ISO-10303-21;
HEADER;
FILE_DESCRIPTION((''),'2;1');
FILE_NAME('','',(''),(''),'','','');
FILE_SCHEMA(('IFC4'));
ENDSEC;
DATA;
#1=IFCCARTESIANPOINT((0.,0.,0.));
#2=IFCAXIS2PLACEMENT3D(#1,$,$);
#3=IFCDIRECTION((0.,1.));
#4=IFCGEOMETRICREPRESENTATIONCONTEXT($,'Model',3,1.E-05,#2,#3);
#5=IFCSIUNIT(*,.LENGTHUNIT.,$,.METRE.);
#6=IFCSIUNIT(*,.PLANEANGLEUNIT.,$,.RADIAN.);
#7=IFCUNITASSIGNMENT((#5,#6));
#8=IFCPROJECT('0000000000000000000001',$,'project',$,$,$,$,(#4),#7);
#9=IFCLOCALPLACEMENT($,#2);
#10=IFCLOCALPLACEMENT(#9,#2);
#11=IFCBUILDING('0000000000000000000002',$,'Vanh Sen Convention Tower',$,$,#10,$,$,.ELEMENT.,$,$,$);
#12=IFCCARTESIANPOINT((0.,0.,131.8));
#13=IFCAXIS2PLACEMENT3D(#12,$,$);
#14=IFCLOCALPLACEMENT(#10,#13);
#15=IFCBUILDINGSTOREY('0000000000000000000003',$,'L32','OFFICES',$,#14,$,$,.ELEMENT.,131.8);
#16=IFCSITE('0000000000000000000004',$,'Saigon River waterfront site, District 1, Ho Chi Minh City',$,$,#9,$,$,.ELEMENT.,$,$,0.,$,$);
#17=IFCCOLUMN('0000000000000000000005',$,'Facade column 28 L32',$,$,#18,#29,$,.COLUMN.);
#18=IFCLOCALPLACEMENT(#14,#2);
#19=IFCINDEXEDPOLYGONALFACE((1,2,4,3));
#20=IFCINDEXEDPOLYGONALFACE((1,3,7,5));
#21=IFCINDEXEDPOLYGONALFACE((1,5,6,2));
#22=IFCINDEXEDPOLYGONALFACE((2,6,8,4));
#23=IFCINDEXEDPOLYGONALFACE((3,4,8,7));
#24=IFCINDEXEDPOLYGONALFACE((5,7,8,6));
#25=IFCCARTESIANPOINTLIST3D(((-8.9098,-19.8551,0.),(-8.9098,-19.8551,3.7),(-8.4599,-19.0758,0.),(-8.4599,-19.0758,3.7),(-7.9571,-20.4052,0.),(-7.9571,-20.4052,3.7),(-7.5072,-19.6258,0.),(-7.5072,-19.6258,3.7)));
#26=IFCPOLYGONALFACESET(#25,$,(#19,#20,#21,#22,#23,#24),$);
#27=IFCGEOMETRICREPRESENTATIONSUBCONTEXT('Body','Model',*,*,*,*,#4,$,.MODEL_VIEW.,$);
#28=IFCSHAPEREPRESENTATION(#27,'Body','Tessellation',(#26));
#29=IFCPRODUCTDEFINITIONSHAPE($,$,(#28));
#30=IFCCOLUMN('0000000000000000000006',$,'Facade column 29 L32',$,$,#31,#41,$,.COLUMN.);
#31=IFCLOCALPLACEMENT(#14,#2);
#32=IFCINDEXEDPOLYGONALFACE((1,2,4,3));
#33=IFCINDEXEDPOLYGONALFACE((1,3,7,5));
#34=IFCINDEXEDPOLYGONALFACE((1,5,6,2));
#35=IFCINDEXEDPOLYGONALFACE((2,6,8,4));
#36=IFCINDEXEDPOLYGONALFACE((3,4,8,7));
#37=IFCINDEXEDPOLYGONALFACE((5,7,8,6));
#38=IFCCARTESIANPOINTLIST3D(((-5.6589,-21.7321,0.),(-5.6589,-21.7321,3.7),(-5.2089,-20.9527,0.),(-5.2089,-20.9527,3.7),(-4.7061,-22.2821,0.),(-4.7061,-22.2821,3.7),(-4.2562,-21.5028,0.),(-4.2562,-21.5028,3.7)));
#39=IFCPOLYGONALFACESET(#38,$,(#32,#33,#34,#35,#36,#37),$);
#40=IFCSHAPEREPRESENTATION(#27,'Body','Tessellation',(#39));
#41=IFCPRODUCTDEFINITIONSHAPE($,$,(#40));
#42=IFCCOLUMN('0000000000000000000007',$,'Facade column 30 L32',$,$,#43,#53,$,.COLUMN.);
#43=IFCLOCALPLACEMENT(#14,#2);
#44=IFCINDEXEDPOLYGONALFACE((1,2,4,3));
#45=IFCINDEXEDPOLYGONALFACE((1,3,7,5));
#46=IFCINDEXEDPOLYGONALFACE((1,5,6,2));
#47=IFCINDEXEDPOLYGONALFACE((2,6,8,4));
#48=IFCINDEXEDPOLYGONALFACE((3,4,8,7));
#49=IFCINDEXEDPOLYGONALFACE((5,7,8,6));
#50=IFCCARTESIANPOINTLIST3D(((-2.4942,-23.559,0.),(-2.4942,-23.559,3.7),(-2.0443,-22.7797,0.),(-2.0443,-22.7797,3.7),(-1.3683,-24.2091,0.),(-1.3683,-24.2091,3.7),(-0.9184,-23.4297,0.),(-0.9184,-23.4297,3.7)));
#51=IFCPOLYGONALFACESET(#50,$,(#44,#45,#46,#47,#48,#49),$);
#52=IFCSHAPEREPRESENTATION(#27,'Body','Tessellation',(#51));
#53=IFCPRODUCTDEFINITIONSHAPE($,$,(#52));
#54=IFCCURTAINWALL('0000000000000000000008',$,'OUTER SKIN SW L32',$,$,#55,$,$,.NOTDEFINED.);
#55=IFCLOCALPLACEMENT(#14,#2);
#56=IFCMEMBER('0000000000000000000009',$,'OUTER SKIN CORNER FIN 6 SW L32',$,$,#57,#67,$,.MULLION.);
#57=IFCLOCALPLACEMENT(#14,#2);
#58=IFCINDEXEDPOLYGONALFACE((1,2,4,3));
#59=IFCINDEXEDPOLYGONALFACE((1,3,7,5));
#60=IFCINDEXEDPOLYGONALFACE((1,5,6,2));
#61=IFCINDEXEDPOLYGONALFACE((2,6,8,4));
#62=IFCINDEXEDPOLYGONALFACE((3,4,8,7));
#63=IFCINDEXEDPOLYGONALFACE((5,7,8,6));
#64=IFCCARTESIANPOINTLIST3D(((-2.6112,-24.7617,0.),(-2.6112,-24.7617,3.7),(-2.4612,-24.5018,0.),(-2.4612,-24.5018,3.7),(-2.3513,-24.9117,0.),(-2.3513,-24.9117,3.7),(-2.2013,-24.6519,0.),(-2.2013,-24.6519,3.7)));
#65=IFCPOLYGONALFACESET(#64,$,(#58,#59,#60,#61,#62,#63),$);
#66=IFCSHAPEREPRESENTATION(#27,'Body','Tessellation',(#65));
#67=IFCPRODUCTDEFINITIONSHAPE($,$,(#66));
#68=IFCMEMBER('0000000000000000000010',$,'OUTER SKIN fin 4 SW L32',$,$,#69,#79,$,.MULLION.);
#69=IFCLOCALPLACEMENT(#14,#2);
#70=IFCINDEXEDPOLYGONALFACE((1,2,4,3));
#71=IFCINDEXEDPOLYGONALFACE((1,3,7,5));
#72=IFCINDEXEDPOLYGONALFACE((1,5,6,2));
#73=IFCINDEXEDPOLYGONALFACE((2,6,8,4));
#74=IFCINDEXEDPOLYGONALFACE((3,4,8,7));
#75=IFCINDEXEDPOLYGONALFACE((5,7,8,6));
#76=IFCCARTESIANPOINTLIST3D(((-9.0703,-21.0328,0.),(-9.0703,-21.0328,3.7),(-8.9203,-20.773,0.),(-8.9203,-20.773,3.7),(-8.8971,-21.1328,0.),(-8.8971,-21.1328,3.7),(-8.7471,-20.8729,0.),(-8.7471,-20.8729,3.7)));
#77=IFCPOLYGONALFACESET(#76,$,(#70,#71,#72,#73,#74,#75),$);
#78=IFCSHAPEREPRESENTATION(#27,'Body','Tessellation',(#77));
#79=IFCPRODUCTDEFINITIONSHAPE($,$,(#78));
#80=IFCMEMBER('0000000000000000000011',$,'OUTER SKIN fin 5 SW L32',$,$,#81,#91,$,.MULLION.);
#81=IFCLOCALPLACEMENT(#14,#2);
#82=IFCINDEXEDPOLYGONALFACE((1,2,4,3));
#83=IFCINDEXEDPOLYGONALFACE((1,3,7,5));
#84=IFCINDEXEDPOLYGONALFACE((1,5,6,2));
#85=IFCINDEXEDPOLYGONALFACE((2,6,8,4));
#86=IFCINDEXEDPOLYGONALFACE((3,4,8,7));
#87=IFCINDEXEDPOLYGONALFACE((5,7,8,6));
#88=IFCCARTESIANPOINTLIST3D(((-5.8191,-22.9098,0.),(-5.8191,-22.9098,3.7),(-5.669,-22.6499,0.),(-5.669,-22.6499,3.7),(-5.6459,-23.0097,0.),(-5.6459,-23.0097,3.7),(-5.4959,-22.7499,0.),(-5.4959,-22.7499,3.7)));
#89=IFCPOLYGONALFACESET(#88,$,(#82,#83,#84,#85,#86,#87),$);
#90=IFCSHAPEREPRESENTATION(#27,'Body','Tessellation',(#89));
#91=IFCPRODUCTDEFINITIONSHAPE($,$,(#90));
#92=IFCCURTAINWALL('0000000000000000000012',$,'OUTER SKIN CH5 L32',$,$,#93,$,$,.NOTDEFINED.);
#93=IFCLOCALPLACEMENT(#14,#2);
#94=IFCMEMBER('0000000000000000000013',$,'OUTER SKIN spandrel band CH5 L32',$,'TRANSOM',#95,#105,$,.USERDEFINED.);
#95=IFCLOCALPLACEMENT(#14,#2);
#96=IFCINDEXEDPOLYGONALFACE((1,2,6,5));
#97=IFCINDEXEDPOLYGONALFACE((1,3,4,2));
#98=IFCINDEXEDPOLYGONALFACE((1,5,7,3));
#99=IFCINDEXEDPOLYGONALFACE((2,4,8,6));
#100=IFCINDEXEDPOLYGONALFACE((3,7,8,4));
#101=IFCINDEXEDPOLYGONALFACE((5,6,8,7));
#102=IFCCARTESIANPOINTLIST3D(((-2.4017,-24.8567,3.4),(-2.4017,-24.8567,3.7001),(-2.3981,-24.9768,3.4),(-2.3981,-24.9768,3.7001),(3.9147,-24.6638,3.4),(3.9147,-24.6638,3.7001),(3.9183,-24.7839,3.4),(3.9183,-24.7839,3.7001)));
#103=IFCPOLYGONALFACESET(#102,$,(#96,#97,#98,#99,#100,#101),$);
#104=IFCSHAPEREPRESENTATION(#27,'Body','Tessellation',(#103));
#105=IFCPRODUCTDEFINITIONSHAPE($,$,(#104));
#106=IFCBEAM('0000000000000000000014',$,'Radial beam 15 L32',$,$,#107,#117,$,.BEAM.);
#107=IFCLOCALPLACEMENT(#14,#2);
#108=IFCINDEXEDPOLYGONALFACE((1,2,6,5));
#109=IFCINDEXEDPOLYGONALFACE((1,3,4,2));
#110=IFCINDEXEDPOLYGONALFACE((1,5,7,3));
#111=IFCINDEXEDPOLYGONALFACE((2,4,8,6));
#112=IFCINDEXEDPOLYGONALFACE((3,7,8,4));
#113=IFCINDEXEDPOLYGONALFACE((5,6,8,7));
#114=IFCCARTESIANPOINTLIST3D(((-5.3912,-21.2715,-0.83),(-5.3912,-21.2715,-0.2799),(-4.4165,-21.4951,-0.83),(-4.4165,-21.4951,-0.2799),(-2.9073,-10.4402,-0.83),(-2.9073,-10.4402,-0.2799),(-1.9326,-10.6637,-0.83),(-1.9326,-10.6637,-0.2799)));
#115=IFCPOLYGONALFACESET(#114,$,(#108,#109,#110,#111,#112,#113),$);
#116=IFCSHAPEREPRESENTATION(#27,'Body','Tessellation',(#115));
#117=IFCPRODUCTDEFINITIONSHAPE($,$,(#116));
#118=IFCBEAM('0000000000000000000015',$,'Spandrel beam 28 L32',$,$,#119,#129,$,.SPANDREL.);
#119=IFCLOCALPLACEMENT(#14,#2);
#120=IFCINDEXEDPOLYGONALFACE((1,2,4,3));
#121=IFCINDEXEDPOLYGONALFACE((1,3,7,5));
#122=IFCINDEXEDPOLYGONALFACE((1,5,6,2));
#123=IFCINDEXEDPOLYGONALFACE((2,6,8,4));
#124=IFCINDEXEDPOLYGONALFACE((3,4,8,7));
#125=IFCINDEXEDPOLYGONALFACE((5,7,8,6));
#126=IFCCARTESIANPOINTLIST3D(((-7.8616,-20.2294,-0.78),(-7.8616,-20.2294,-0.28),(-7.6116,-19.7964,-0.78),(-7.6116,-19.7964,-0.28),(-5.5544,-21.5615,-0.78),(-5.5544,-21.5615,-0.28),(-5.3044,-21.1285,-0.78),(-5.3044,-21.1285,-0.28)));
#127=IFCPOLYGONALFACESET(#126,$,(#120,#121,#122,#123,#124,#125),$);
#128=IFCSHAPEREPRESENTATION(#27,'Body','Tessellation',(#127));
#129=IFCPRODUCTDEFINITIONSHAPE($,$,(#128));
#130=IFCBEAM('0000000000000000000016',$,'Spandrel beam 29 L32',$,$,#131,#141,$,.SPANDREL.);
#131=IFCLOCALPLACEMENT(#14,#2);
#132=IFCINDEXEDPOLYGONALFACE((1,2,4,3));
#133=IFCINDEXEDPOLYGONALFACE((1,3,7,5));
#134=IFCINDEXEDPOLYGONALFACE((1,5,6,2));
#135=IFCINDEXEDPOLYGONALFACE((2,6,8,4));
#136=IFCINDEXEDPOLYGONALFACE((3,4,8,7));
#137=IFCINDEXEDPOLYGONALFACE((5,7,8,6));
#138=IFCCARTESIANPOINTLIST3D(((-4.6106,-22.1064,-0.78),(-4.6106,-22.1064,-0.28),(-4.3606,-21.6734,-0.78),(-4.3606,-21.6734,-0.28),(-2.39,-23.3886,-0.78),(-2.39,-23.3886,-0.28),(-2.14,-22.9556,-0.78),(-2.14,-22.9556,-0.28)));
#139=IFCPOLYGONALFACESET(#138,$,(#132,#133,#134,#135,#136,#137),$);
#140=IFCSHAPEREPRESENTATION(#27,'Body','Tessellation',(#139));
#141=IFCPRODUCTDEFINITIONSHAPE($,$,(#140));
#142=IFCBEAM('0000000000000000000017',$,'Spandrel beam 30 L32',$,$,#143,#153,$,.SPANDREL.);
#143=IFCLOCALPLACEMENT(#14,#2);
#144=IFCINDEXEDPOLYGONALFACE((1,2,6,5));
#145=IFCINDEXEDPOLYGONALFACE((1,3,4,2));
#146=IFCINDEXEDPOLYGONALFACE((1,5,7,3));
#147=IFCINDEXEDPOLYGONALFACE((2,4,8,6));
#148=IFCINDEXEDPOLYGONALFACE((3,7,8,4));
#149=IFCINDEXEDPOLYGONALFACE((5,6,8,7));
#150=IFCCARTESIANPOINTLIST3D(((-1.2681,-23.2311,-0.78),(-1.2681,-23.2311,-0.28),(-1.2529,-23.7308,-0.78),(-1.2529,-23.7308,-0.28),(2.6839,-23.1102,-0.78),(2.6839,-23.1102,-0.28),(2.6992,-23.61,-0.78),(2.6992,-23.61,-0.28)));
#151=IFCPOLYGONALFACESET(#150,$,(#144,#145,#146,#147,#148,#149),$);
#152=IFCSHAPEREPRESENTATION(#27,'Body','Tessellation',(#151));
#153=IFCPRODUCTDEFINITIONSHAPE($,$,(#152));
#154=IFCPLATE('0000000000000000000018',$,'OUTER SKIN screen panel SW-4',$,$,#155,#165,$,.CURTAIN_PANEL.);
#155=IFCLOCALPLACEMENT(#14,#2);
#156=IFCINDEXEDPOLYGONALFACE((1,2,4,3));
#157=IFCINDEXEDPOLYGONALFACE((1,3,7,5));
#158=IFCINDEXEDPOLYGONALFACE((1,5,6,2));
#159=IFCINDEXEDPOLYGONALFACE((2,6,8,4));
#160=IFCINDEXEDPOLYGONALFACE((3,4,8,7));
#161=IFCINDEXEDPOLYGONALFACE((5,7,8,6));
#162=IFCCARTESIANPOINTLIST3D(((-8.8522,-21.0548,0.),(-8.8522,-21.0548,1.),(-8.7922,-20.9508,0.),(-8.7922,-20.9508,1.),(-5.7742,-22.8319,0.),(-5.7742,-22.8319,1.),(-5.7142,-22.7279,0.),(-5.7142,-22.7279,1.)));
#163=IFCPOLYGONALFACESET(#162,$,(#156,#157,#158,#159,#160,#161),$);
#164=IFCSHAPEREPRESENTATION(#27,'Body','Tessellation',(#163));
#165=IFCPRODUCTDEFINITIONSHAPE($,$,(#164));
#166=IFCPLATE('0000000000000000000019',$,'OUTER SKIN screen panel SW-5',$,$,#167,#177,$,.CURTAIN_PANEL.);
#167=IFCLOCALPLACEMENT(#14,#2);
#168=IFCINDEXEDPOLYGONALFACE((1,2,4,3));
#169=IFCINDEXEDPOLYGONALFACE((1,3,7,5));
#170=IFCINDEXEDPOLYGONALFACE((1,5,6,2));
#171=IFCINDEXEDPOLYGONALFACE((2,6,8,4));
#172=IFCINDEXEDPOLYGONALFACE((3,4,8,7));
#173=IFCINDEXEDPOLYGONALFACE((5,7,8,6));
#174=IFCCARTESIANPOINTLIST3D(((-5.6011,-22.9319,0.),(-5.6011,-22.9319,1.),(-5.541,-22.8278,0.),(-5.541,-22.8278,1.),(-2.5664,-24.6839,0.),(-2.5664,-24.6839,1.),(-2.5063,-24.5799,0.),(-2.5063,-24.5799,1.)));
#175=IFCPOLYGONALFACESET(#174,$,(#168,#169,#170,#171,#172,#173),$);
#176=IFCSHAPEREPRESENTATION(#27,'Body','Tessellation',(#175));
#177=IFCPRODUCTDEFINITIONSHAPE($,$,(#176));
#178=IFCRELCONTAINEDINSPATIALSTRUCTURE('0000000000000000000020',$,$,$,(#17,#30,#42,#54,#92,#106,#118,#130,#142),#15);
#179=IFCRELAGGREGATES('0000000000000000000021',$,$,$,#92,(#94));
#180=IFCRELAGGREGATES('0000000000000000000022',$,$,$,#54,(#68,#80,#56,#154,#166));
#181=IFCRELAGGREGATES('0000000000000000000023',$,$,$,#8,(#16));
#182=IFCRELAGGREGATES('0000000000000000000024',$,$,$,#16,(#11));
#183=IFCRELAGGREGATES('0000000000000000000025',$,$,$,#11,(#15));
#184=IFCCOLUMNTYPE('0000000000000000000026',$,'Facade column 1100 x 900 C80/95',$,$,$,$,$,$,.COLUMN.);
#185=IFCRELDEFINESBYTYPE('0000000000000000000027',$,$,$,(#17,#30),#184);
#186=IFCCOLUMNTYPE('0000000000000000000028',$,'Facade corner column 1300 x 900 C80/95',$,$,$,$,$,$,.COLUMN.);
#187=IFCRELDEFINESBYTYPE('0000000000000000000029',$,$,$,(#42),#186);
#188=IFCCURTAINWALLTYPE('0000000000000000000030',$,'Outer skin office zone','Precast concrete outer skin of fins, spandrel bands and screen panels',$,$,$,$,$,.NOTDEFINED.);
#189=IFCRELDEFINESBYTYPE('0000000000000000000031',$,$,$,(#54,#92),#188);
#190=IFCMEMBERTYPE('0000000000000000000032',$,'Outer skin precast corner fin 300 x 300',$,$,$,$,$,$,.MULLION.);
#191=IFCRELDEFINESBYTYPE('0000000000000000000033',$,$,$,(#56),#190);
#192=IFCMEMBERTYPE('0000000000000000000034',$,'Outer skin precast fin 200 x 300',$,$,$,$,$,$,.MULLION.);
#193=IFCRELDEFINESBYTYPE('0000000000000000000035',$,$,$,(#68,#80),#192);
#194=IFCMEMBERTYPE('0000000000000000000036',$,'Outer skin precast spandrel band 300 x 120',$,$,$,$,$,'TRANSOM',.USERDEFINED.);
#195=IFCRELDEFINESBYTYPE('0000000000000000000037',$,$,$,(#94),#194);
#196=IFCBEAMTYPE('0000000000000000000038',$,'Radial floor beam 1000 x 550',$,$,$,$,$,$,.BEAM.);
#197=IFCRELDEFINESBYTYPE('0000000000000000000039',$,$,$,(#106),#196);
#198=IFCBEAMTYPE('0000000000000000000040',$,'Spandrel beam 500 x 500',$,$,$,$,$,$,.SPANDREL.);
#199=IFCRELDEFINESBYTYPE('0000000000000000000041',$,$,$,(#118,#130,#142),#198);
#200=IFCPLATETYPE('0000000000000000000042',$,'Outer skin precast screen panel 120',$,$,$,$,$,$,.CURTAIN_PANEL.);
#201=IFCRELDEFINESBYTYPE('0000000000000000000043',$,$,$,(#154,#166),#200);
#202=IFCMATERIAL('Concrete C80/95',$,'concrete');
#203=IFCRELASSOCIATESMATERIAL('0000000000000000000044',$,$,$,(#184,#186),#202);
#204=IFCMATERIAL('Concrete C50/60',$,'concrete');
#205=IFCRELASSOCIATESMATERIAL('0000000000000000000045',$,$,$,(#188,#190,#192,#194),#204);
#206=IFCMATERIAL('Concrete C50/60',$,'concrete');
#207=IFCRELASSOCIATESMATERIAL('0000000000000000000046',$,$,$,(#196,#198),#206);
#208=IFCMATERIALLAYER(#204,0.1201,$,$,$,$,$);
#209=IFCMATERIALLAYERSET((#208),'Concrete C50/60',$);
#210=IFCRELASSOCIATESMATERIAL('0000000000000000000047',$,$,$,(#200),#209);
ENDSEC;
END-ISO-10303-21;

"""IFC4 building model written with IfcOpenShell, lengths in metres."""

from ifc_helpers import new_model, si_unit, direction, frame, origin, origin_2d, place, context, subcontext, project, spatial, rectangle, extrude, material, layer, layer_set, material_profile, profile_set, type_object, element, aggregate, save


model = new_model("IFC4")

# Units and contexts
model_context = context("Model", 3, precision=1e-05, world=origin(), true_north=direction((0.0, 1.0)))
body_context = subcontext(model_context, "Body", "Model", "MODEL_VIEW")
ifc_project = project(units=[si_unit("LENGTHUNIT", "METRE"), si_unit("PLANEANGLEUNIT", "RADIAN")], contexts=[model_context])

# Site, building, storey
site_placement = place(None, origin())
site = spatial("IfcSite", under=ifc_project, at=site_placement, Name="Saigon River waterfront site, District 1, Ho Chi Minh City", CompositionType="ELEMENT", RefElevation=0.0)
building_placement = place(site_placement, origin())
building = spatial("IfcBuilding", under=site, at=building_placement, Name="Vanh Sen Convention Tower", CompositionType="ELEMENT")
storey_placement = place(building_placement, frame((0.0, 0.0, 131.8)))
storey = spatial("IfcBuildingStorey", under=building, at=storey_placement, Name="L32", Description="OFFICES", CompositionType="ELEMENT", Elevation=131.8)

# Columns
ifc_material_1 = material(Name="Concrete C80/95", Category="concrete")
ifc_material_profile_1 = material_profile(ifc_material_1, rectangle(XDim=1.1001, YDim=0.8999, at=origin_2d()), Name="RC 1100X900")
ifc_profile_set_1 = profile_set([ifc_material_profile_1], Name="Concrete C80/95")
column_type_1 = type_object("IfcColumnType", Name="Facade column 1100 x 900 C80/95", PredefinedType="COLUMN", material=ifc_profile_set_1)
for number, where, z_axis, x_axis, name in (
    (1, (-8.2085, -19.7405, 0.0), (0.0, 0.0, 1.0), (0.866025, -0.5, 0.0), "Facade column 28 L32"),
    (2, (-4.9575, -21.6174, 0.0), (0.0, 0.0, 1.0), (0.866025, -0.5, 0.0), "Facade column 29 L32"),
):
    element("IfcColumn", number, at=place(storey_placement, frame(where, z_axis=z_axis, x_axis=x_axis)), inside=storey, type_object=column_type_1, Name=name, PredefinedType="COLUMN", context=body_context, shape_type="SweptSolid", body=[
        extrude(rectangle(XDim=1.1001, YDim=0.8999, at=origin_2d()), origin(), (0.0, 0.0, 1.0), 3.7),
    ])
ifc_material_profile_2 = material_profile(ifc_material_1, rectangle(XDim=1.3, YDim=0.8999, at=origin_2d()), Name="RC 1300X900")
ifc_profile_set_2 = profile_set([ifc_material_profile_2], Name="Concrete C80/95")
column_type_2 = type_object("IfcColumnType", Name="Facade corner column 1300 x 900 C80/95", PredefinedType="COLUMN", material=ifc_profile_set_2)
column_placement = place(storey_placement, frame((-1.7063, -23.4944, 0.0), z_axis=(0.0, 0.0, 1.0), x_axis=(0.866025, -0.5, 0.0)))
element("IfcColumn", 3, at=column_placement, inside=storey, type_object=column_type_2, Name="Facade column 30 L32", PredefinedType="COLUMN", context=body_context, shape_type="SweptSolid", body=[
    extrude(rectangle(XDim=1.3, YDim=0.8999, at=origin_2d()), origin(), (0.0, 0.0, 1.0), 3.7),
])

# Curtain wall, members
ifc_material_2 = material(Name="Concrete C50/60", Category="concrete")
curtain_wall_type = type_object("IfcCurtainWallType", Name="Outer skin office zone", Description="Precast concrete outer skin of fins, spandrel bands and screen panels", PredefinedType="NOTDEFINED", material=ifc_material_2)
curtain_wall_1_placement = place(storey_placement, origin())
curtain_wall_1 = element("IfcCurtainWall", 4, at=curtain_wall_1_placement, inside=storey, type_object=curtain_wall_type, Name="OUTER SKIN SW L32", PredefinedType="NOTDEFINED")
ifc_material_profile_3 = material_profile(ifc_material_2, rectangle(XDim=0.3, YDim=0.3, at=origin_2d()), Name="Outer skin precast corner fin 300 x 300")
ifc_profile_set_3 = profile_set([ifc_material_profile_3], Name="Concrete C50/60")
member_type_1 = type_object("IfcMemberType", Name="Outer skin precast corner fin 300 x 300", PredefinedType="MULLION", material=ifc_profile_set_3)
member_1_placement = place(storey_placement, frame((-2.4062, -24.7068, 0.0), z_axis=(0.0, 0.0, 1.0), x_axis=(0.866025, -0.5, 0.0)))
member_1 = element("IfcMember", 5, at=member_1_placement, type_object=member_type_1, Name="OUTER SKIN CORNER FIN 6 SW L32", PredefinedType="MULLION", context=body_context, shape_type="SweptSolid", body=[
    extrude(rectangle(XDim=0.3, YDim=0.3, at=origin_2d()), origin(), (0.0, 0.0, 1.0), 3.7),
])
ifc_material_profile_4 = material_profile(ifc_material_2, rectangle(XDim=0.2, YDim=0.3, at=origin_2d()), Name="Outer skin precast fin 200 x 300")
ifc_profile_set_4 = profile_set([ifc_material_profile_4], Name="Concrete C50/60")
member_type_2 = type_object("IfcMemberType", Name="Outer skin precast fin 200 x 300", PredefinedType="MULLION", material=ifc_profile_set_4)
member_2_placement = place(storey_placement, frame((-8.9087, -20.9529, 0.0), z_axis=(0.0, 0.0, 1.0), x_axis=(0.866025, -0.5, 0.0)))
member_2 = element("IfcMember", 6, at=member_2_placement, type_object=member_type_2, Name="OUTER SKIN fin 4 SW L32", PredefinedType="MULLION", context=body_context, shape_type="SweptSolid", body=[
    extrude(rectangle(XDim=0.2, YDim=0.3, at=origin_2d()), origin(), (0.0, 0.0, 1.0), 3.7),
])
member_3_placement = place(storey_placement, frame((-5.6575, -22.8298, 0.0), z_axis=(0.0, 0.0, 1.0), x_axis=(0.866025, -0.5, 0.0)))
member_3 = element("IfcMember", 7, at=member_3_placement, type_object=member_type_2, Name="OUTER SKIN fin 5 SW L32", PredefinedType="MULLION", context=body_context, shape_type="SweptSolid", body=[
    extrude(rectangle(XDim=0.2, YDim=0.3, at=origin_2d()), origin(), (0.0, 0.0, 1.0), 3.7),
])

# Curtain wall, member
curtain_wall_2_placement = place(storey_placement, origin())
curtain_wall_2 = element("IfcCurtainWall", 8, at=curtain_wall_2_placement, inside=storey, type_object=curtain_wall_type, Name="OUTER SKIN CH5 L32", PredefinedType="NOTDEFINED")
ifc_material_profile_5 = material_profile(ifc_material_2, rectangle(XDim=0.1201, YDim=0.3, at=origin_2d()), Name="Outer skin precast spandrel band 300 x 120")
ifc_profile_set_5 = profile_set([ifc_material_profile_5], Name="Concrete C50/60")
member_type_3 = type_object("IfcMemberType", Name="Outer skin precast spandrel band 300 x 120", ElementType="TRANSOM", PredefinedType="USERDEFINED", material=ifc_profile_set_5)
member_4_placement = place(storey_placement, frame((-2.3999, -24.9167, 3.55), z_axis=(0.999534, 0.030521, 0.0), x_axis=(-0.030521, 0.999534, 0.0)))
member_4 = element("IfcMember", 9, at=member_4_placement, type_object=member_type_3, Name="OUTER SKIN spandrel band CH5 L32", ObjectType="TRANSOM", PredefinedType="USERDEFINED", context=body_context, shape_type="SweptSolid", body=[
    extrude(rectangle(XDim=0.1201, YDim=0.3, at=origin_2d()), origin(), (0.0, 0.0, 1.0), 6.3193),
])
aggregate(curtain_wall_2, [member_4])

# Beams
ifc_material_3 = material(Name="Concrete C50/60", Category="concrete")
ifc_material_profile_6 = material_profile(ifc_material_3, rectangle(XDim=1.0, YDim=0.55, at=origin_2d()), Name="RC 1000X550")
ifc_profile_set_6 = profile_set([ifc_material_profile_6], Name="Concrete C50/60")
beam_type_1 = type_object("IfcBeamType", Name="Radial floor beam 1000 x 550", PredefinedType="BEAM", material=ifc_profile_set_6)
beam_1_placement = place(storey_placement, frame((-4.9038, -21.3833, -0.5549), z_axis=(0.223523, 0.974699, 0.0), x_axis=(-0.974699, 0.223523, 0.0)))
element("IfcBeam", 10, at=beam_1_placement, inside=storey, type_object=beam_type_1, Name="Radial beam 15 L32", PredefinedType="BEAM", context=body_context, shape_type="SweptSolid", body=[
    extrude(rectangle(XDim=1.0, YDim=0.55, at=origin_2d()), origin(), (0.0, 0.0, 1.0), 11.1125),
])
ifc_material_profile_7 = material_profile(ifc_material_3, rectangle(XDim=0.5, YDim=0.5, at=origin_2d()), Name="RC 500X500")
ifc_profile_set_7 = profile_set([ifc_material_profile_7], Name="Concrete C50/60")
beam_type_2 = type_object("IfcBeamType", Name="Spandrel beam 500 x 500", PredefinedType="SPANDREL", material=ifc_profile_set_7)
beam_2_placement = place(storey_placement, frame((-7.7366, -20.0129, -0.53), z_axis=(0.866024, -0.500003, 0.0), x_axis=(0.500003, 0.866024, 0.0)))
element("IfcBeam", 11, at=beam_2_placement, inside=storey, type_object=beam_type_2, Name="Spandrel beam 28 L32", PredefinedType="SPANDREL", context=body_context, shape_type="SweptSolid", body=[
    extrude(rectangle(XDim=0.5, YDim=0.5, at=origin_2d()), origin(), (0.0, 0.0, 1.0), 2.6641),
])
beam_3_placement = place(storey_placement, frame((-4.4856, -21.8899, -0.53), z_axis=(0.866008, -0.50003, 0.0), x_axis=(0.50003, 0.866008, 0.0)))
element("IfcBeam", 12, at=beam_3_placement, inside=storey, type_object=beam_type_2, Name="Spandrel beam 29 L32", PredefinedType="SPANDREL", context=body_context, shape_type="SweptSolid", body=[
    extrude(rectangle(XDim=0.5, YDim=0.5, at=origin_2d()), origin(), (0.0, 0.0, 1.0), 2.5642),
])
beam_4_placement = place(storey_placement, frame((-1.2605, -23.481, -0.53), z_axis=(0.999533, 0.030566, 0.0), x_axis=(-0.030566, 0.999533, 0.0)))
element("IfcBeam", 13, at=beam_4_placement, inside=storey, type_object=beam_type_2, Name="Spandrel beam 30 L32", PredefinedType="SPANDREL", context=body_context, shape_type="SweptSolid", body=[
    extrude(rectangle(XDim=0.5, YDim=0.5, at=origin_2d()), origin(), (0.0, 0.0, 1.0), 3.9539),
])

# Plates
ifc_layer_1 = layer(ifc_material_2, 0.1201)
ifc_layer_set_1 = layer_set([ifc_layer_1], Name="Concrete C50/60")
plate_type = type_object("IfcPlateType", Name="Outer skin precast screen panel 120", PredefinedType="CURTAIN_PANEL", material=ifc_layer_set_1)
plate_1_placement = place(storey_placement, frame((-7.2832, -21.8914, 0.0), z_axis=(0.0, 0.0, 1.0), x_axis=(0.866017, -0.500015, 0.0)))
plate_1 = element("IfcPlate", 14, at=plate_1_placement, type_object=plate_type, Name="OUTER SKIN screen panel SW-4", PredefinedType="CURTAIN_PANEL", context=body_context, shape_type="SweptSolid", body=[
    extrude(rectangle(XDim=3.5542, YDim=0.1201, at=origin_2d()), origin(), (0.0, 0.0, 1.0), 1.0),
])
plate_2_placement = place(storey_placement, frame((-4.0537, -23.7559, 0.0), z_axis=(0.0, 0.0, 1.0), x_axis=(0.866035, -0.499983, 0.0)))
plate_2 = element("IfcPlate", 15, at=plate_2_placement, type_object=plate_type, Name="OUTER SKIN screen panel SW-5", PredefinedType="CURTAIN_PANEL", context=body_context, shape_type="SweptSolid", body=[
    extrude(rectangle(XDim=3.5042, YDim=0.1201, at=origin_2d()), origin(), (0.0, 0.0, 1.0), 1.0),
])
aggregate(curtain_wall_1, [member_2, member_3, member_1, plate_1, plate_2])

save(model, "model.ifc")
